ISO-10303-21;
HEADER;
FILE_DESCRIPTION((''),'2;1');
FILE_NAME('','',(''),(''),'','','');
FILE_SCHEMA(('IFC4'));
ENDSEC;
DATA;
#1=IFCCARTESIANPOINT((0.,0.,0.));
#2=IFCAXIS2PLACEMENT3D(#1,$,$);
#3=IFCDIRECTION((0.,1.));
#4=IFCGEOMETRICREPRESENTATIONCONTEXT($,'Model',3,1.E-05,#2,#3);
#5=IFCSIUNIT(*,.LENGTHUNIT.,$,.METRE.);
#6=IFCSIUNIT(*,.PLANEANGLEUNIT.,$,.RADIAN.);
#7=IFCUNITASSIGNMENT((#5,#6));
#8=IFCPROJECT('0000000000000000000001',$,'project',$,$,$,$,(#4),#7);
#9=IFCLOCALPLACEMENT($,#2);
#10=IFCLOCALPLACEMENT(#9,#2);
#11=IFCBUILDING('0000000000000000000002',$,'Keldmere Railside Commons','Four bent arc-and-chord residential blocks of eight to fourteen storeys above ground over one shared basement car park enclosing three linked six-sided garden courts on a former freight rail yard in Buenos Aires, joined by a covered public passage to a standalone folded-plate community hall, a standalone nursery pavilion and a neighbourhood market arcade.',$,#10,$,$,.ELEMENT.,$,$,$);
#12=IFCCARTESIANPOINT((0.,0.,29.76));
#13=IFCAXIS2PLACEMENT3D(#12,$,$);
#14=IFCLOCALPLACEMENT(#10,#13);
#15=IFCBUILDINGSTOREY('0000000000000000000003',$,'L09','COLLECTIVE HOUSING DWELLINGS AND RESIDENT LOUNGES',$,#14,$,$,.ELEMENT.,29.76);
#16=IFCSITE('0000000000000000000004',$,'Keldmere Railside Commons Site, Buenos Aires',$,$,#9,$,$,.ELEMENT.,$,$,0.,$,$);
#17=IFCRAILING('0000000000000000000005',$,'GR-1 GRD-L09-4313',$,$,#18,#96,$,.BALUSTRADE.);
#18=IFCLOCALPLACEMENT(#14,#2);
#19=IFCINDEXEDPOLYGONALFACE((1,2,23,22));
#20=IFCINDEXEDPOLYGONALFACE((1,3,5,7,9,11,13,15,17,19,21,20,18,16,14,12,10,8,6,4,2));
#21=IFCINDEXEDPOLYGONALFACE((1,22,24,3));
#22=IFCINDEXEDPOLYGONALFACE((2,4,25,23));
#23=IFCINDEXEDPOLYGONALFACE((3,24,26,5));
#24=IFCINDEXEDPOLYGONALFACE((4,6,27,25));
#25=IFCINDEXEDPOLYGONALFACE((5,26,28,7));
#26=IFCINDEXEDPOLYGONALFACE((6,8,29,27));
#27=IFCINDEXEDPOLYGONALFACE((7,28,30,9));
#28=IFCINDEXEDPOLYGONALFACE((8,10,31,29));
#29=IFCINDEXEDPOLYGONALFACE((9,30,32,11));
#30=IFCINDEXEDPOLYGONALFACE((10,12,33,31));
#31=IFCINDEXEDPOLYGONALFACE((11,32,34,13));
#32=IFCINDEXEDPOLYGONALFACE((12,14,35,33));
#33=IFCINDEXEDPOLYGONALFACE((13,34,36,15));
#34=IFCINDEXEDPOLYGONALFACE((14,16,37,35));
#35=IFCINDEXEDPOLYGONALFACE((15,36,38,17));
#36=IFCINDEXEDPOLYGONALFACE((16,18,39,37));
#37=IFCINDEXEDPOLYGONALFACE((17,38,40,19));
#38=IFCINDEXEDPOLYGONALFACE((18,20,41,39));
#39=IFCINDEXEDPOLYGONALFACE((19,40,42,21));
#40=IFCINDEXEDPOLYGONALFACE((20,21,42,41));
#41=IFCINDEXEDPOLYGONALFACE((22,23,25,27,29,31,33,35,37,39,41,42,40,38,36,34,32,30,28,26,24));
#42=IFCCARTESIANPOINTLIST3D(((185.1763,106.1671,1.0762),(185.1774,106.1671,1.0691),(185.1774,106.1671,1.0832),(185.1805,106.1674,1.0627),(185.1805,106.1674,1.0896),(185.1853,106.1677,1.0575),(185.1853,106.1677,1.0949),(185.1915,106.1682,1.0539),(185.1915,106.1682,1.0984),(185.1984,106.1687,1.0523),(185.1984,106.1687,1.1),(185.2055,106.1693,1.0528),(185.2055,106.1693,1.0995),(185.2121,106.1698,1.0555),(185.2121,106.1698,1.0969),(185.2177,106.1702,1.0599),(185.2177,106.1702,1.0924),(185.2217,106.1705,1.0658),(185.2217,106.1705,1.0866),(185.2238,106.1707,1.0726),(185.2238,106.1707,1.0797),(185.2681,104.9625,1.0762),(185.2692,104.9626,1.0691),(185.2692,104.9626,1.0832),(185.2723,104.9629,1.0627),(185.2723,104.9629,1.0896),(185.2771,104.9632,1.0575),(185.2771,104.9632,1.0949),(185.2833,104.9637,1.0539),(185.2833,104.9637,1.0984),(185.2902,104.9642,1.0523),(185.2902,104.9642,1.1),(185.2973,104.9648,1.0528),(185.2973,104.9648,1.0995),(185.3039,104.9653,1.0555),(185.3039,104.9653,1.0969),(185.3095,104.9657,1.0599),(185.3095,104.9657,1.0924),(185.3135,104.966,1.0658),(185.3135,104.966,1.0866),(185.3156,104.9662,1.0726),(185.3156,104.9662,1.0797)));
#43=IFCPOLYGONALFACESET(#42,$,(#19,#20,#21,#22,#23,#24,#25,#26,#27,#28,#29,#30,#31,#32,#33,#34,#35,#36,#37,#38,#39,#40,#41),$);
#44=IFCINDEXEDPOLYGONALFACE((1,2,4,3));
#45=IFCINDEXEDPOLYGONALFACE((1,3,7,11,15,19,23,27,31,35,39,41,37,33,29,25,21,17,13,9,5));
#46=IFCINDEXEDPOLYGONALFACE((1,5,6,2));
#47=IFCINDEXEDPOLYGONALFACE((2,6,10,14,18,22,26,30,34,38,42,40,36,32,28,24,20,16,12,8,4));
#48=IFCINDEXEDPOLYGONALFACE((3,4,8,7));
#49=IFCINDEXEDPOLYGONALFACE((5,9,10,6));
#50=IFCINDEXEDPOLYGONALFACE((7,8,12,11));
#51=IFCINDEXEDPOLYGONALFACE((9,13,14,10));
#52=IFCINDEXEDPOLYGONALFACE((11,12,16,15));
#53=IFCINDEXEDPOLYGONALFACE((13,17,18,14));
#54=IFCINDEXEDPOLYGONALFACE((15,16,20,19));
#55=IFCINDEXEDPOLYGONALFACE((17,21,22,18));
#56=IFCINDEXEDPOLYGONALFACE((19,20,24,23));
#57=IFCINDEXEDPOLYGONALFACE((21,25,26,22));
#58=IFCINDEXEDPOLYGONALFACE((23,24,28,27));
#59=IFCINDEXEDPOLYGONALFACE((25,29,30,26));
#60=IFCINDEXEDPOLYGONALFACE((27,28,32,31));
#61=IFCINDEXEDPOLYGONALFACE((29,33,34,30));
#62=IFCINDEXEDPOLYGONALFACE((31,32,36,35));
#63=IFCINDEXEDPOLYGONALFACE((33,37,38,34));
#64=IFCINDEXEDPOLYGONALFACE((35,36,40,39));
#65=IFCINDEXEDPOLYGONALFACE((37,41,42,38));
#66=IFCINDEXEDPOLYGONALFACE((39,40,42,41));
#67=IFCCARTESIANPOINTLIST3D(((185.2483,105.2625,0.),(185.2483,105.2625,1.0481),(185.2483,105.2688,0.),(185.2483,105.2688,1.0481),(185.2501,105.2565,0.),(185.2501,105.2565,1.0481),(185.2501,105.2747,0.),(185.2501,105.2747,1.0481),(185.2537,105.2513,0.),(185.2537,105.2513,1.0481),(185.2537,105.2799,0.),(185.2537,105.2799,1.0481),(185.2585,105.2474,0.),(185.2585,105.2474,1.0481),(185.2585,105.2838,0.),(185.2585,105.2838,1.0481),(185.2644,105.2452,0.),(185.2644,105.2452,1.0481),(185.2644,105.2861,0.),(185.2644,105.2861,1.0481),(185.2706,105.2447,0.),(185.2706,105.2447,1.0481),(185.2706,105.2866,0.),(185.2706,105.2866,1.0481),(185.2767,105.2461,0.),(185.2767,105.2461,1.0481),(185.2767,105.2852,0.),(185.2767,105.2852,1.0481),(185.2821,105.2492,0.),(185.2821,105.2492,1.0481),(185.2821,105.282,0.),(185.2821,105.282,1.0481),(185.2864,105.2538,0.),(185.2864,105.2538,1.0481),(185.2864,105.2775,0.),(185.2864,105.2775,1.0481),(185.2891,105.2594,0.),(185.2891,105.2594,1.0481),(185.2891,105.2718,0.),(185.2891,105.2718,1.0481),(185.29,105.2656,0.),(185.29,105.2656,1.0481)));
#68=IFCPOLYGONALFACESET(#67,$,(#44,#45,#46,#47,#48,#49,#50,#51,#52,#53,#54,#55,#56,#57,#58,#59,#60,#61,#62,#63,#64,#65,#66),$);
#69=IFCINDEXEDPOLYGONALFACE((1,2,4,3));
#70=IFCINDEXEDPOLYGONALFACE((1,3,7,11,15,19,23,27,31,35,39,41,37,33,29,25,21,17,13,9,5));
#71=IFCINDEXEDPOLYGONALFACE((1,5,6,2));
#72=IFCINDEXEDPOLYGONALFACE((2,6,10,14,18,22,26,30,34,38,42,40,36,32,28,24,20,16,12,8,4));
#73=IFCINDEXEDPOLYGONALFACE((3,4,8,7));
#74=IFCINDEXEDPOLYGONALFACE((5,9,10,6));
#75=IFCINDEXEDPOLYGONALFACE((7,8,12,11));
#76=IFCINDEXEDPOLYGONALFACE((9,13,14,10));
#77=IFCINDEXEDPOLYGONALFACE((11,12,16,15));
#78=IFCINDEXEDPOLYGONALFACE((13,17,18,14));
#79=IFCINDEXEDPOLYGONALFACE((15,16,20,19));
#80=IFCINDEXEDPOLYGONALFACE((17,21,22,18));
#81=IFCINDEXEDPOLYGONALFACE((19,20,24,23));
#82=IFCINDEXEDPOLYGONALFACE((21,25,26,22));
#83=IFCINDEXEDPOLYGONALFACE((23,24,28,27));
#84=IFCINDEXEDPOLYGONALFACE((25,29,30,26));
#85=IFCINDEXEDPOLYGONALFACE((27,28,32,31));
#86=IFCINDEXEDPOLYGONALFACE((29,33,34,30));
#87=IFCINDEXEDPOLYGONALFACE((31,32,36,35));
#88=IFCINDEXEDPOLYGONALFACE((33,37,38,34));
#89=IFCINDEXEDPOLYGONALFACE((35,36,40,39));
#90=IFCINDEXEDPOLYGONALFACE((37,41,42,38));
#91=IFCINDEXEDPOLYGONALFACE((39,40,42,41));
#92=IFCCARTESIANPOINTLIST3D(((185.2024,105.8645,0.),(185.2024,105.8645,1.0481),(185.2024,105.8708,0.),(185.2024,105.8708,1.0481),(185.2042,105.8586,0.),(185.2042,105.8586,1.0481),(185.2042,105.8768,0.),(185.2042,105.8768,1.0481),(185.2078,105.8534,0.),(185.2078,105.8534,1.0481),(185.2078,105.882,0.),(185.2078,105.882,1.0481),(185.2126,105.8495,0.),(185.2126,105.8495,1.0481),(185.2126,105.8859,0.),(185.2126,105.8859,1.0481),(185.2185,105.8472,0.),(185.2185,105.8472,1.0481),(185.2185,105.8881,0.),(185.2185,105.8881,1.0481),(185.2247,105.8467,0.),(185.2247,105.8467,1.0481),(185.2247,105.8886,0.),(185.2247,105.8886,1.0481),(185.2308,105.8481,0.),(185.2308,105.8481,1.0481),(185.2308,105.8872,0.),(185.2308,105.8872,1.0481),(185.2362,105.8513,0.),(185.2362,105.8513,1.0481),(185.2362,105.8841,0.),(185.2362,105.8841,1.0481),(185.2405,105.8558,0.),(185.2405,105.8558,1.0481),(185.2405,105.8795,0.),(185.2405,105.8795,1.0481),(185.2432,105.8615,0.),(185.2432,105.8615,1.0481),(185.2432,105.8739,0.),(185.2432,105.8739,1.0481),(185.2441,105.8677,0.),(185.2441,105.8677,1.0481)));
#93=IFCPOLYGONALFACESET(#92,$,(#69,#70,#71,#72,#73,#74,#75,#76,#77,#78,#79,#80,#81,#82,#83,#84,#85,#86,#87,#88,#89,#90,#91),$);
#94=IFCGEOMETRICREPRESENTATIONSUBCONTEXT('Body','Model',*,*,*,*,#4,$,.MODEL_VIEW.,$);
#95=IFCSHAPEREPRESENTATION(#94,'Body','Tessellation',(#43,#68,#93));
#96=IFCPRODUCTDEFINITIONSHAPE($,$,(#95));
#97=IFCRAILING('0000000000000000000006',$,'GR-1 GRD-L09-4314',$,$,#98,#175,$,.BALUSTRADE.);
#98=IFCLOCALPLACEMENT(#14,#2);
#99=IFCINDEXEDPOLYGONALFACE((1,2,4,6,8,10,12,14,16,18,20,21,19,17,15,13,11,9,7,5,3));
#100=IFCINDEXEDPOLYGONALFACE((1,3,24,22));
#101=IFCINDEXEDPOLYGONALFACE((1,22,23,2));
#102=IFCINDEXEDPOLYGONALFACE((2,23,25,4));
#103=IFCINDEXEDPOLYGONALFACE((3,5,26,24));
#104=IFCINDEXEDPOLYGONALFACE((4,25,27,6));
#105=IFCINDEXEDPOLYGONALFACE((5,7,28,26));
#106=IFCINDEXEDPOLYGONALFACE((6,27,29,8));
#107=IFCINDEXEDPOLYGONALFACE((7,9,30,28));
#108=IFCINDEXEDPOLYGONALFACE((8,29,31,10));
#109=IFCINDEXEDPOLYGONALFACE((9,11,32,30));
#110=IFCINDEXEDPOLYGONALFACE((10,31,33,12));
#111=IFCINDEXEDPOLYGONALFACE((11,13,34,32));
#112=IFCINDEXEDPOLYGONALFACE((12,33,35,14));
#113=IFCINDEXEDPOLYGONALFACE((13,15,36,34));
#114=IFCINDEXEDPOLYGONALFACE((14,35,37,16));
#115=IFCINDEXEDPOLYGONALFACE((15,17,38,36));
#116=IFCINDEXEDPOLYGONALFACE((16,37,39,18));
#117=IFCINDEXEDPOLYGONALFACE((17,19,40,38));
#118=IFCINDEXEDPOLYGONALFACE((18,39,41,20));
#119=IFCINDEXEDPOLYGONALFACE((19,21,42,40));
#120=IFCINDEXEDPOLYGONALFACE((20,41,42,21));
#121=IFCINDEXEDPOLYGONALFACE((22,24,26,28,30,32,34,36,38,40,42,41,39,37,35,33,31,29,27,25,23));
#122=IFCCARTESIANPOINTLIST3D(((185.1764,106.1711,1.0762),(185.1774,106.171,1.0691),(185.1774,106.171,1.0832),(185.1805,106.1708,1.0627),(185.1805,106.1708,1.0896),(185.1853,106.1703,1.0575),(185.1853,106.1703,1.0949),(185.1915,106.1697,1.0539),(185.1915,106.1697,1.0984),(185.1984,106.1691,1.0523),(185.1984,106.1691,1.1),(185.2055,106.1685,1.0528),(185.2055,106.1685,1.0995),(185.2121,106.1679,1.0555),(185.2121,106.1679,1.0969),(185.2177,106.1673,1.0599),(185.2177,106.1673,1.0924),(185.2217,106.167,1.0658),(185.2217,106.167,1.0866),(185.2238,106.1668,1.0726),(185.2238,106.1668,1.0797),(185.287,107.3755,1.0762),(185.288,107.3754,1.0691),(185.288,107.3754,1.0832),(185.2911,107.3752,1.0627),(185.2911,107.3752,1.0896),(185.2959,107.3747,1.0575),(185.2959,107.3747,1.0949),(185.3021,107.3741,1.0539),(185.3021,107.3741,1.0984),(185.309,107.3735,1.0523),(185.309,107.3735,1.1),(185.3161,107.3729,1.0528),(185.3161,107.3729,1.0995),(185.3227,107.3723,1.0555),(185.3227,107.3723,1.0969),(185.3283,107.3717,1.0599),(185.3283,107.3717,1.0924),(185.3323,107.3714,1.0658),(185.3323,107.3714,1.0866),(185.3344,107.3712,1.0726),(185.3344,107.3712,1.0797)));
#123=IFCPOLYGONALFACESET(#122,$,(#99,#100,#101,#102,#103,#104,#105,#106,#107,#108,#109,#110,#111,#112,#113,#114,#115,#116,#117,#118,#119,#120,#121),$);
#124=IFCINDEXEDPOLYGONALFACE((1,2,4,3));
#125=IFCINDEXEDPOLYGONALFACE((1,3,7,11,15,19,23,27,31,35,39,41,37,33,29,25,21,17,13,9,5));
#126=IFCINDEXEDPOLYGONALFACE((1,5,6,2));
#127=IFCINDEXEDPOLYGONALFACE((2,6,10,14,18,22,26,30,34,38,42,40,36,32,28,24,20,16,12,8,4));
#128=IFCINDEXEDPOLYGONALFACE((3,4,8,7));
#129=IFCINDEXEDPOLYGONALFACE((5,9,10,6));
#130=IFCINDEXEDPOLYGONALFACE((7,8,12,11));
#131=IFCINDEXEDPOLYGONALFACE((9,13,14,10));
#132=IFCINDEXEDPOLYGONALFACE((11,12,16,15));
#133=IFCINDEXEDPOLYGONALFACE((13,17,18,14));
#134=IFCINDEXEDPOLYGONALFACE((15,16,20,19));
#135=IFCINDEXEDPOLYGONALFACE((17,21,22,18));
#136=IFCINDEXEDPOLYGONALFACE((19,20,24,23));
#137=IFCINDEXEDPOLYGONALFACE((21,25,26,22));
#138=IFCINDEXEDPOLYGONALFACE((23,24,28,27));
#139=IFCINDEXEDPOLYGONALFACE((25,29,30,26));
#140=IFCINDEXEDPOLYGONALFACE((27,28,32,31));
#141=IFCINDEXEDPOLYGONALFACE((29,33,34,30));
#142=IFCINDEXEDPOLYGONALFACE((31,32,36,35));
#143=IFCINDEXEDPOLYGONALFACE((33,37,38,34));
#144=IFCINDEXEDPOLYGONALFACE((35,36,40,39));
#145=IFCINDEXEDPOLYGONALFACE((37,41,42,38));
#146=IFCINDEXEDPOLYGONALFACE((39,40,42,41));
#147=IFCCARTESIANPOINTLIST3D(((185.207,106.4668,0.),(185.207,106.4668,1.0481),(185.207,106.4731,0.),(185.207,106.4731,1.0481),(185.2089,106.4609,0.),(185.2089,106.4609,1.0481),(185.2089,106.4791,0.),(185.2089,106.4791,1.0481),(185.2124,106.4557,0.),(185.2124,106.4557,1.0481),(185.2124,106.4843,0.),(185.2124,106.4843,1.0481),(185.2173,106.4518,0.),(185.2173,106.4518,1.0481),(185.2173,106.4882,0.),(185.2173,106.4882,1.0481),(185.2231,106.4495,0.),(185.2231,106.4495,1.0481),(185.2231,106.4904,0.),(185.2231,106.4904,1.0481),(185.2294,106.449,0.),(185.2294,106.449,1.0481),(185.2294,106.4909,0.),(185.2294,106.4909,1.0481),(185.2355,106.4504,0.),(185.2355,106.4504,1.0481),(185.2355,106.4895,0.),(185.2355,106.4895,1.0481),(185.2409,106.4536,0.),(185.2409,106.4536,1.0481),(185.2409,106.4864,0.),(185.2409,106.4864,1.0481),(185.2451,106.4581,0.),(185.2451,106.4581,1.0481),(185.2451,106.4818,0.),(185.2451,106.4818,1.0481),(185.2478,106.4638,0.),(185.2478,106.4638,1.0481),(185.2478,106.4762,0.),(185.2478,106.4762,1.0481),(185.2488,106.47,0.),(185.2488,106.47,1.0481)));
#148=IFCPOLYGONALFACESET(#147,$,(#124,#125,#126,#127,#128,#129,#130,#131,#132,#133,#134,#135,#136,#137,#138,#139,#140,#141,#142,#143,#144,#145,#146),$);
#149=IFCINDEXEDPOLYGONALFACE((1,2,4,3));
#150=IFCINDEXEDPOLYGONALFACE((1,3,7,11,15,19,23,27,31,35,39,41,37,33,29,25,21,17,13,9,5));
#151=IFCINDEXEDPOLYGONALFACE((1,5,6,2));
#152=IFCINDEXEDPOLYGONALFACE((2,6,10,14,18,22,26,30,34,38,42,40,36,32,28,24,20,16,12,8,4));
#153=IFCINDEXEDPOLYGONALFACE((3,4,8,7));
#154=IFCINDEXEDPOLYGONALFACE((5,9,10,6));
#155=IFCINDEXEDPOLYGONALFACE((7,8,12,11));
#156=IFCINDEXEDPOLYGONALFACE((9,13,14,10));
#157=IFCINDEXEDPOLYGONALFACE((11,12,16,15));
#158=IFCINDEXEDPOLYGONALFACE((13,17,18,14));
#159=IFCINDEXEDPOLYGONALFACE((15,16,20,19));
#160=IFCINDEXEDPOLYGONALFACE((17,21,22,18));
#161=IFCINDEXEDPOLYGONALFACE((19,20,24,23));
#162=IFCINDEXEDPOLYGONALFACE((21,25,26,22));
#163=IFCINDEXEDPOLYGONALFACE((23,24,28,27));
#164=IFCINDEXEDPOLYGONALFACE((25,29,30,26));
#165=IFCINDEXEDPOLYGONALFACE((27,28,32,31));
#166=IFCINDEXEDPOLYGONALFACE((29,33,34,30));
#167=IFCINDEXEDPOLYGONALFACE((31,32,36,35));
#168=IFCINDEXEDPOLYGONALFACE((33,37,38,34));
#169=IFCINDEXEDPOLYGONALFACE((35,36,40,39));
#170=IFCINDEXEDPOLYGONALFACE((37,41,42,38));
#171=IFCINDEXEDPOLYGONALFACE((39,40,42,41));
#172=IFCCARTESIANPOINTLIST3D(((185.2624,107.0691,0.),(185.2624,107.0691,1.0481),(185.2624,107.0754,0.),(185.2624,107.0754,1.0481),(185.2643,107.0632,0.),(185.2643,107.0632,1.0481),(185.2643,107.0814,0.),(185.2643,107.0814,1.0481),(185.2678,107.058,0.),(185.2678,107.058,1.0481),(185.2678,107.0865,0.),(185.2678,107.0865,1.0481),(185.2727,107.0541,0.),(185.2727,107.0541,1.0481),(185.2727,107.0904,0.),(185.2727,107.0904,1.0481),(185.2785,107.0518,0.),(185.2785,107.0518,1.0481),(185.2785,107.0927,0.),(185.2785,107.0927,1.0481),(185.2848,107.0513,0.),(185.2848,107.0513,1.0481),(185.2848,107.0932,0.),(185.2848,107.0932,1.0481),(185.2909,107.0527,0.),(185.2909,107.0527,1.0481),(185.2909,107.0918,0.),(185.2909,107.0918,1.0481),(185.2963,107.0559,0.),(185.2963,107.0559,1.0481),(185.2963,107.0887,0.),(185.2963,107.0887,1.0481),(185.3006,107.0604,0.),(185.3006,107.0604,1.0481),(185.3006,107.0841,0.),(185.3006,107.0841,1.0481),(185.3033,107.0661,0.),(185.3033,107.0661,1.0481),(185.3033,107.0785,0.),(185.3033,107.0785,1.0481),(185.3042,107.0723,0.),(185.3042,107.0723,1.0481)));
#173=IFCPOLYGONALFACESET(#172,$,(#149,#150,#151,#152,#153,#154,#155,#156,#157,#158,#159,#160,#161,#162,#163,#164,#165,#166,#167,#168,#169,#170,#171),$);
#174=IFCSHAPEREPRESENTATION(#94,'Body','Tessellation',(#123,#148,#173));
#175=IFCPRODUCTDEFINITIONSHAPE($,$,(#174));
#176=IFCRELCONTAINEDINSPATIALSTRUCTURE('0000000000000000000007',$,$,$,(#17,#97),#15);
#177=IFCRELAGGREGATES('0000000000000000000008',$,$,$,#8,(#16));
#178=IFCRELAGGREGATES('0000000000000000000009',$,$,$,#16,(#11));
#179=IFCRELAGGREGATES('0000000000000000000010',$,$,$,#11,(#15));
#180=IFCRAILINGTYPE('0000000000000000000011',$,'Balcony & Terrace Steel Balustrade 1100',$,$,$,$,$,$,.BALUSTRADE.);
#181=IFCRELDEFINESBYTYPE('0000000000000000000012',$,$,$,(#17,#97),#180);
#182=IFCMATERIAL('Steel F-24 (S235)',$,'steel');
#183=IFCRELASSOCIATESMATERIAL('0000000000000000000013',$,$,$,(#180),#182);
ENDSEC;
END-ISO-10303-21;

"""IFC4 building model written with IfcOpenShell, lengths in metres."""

from ifc_helpers import new_model, si_unit, direction, frame, origin, origin_2d, place, context, subcontext, project, spatial, circle, extrude, material, type_object, element, save


model = new_model("IFC4")

# Units and contexts
model_context = context("Model", 3, precision=1e-05, world=origin(), true_north=direction((0.0, 1.0)))
body_context = subcontext(model_context, "Body", "Model", "MODEL_VIEW")
ifc_project = project(units=[si_unit("LENGTHUNIT", "METRE"), si_unit("PLANEANGLEUNIT", "RADIAN")], contexts=[model_context])

# Site, building, storey
site_placement = place(None, origin())
site = spatial("IfcSite", under=ifc_project, at=site_placement, Name="Keldmere Railside Commons Site, Buenos Aires", CompositionType="ELEMENT", RefElevation=0.0)
building_placement = place(site_placement, origin())
building = spatial("IfcBuilding", under=site, at=building_placement, Name="Keldmere Railside Commons", Description="Four bent arc-and-chord residential blocks of eight to fourteen storeys above ground over one shared basement car park enclosing three linked six-sided garden courts on a former freight rail yard in Buenos Aires, joined by a covered public passage to a standalone folded-plate community hall, a standalone nursery pavilion and a neighbourhood market arcade.", CompositionType="ELEMENT")
storey_placement = place(building_placement, frame((0.0, 0.0, 29.76)))
storey = spatial("IfcBuildingStorey", under=building, at=storey_placement, Name="L09", Description="COLLECTIVE HOUSING DWELLINGS AND RESIDENT LOUNGES", CompositionType="ELEMENT", Elevation=29.76)

# Railings
ifc_material_1 = material(Name="Steel F-24 (S235)", Category="steel")
railing_type = type_object("IfcRailingType", Name="Balcony & Terrace Steel Balustrade 1100", PredefinedType="BALUSTRADE", material=ifc_material_1)
railing_1_placement = place(storey_placement, frame((185.292, 104.9644, 0.0)))
element("IfcRailing", 1, at=railing_1_placement, inside=storey, type_object=railing_type, Name="GR-1 GRD-L09-4313", PredefinedType="BALUSTRADE", context=body_context, shape_type="SweptSolid", body=[
    extrude(circle(Radius=0.0239, at=origin_2d()), frame((0.0, 0.0, 1.0762), z_axis=(-0.075986, 0.997109, 0.0), x_axis=(-0.997109, -0.075986, 0.0)), (0.0, 0.0, 1.0), 1.208),
    extrude(circle(Radius=0.021, at=origin_2d()), frame((-0.0229, 0.3013, 0.0)), (0.0, 0.0, 1.0), 1.0481),
    extrude(circle(Radius=0.021, at=origin_2d()), frame((-0.0688, 0.9033, 0.0)), (0.0, 0.0, 1.0), 1.0481),
])
railing_2_placement = place(storey_placement, frame((185.2002, 106.1689, 0.0)))
element("IfcRailing", 2, at=railing_2_placement, inside=storey, type_object=railing_type, Name="GR-1 GRD-L09-4314", PredefinedType="BALUSTRADE", context=body_context, shape_type="SweptSolid", body=[
    extrude(circle(Radius=0.0239, at=origin_2d()), frame((0.0, 0.0, 1.0762), z_axis=(0.091446, 0.99581, 0.0), x_axis=(-0.99581, 0.091446, 0.0)), (0.0, 0.0, 1.0), 1.2095),
    extrude(circle(Radius=0.021, at=origin_2d()), frame((0.0276, 0.301, 0.0)), (0.0, 0.0, 1.0), 1.0481),
    extrude(circle(Radius=0.021, at=origin_2d()), frame((0.083, 0.9033, 0.0)), (0.0, 0.0, 1.0), 1.0481),
])

save(model, "model.ifc")
